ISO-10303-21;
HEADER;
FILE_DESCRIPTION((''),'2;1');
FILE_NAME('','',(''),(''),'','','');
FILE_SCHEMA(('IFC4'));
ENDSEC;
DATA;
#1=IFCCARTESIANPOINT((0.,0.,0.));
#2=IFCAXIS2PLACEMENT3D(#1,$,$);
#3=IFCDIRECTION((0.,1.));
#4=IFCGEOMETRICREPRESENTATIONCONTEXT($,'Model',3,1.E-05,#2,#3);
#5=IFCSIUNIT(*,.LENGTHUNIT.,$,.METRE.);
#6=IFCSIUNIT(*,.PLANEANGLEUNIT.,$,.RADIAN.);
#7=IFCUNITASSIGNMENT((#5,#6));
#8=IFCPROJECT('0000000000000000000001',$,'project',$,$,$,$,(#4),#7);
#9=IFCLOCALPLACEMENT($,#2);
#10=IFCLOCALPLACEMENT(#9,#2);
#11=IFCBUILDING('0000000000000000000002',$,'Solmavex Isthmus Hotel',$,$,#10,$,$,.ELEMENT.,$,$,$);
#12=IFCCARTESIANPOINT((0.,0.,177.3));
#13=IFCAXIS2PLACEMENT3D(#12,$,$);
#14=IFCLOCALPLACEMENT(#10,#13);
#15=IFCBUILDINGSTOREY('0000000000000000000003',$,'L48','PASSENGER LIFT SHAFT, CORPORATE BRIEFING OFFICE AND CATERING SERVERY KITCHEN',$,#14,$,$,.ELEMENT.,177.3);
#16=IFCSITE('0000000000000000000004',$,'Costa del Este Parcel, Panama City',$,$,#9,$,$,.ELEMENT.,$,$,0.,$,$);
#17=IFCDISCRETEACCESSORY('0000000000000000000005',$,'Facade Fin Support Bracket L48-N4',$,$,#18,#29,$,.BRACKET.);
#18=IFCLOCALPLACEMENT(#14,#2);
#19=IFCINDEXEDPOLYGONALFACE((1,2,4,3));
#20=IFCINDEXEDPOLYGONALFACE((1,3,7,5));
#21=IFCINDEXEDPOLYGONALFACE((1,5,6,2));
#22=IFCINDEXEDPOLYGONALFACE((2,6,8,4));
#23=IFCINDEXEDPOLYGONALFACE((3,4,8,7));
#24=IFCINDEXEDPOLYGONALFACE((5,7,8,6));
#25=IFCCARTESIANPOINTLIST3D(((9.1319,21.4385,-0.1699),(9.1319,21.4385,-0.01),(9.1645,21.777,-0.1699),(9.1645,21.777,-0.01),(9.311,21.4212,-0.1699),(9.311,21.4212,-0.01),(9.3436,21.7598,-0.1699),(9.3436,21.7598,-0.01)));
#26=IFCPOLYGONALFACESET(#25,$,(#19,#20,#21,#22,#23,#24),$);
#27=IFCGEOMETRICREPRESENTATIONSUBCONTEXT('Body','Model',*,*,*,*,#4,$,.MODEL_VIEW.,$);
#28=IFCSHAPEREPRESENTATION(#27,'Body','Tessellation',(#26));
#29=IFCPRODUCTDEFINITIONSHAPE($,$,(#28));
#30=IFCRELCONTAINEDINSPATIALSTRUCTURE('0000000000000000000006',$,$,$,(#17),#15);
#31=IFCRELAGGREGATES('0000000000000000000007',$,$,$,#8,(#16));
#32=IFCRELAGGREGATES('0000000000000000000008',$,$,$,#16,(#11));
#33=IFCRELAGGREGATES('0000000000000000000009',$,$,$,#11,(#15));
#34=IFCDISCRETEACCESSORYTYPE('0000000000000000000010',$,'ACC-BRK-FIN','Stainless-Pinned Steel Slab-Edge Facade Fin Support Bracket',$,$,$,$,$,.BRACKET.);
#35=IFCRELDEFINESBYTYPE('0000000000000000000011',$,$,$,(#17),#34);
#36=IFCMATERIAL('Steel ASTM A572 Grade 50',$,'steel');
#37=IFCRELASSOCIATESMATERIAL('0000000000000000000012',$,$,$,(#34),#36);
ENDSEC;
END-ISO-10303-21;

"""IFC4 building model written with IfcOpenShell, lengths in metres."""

from ifc_helpers import new_model, si_unit, direction, frame, origin, origin_2d, place, context, subcontext, project, spatial, rectangle, extrude, material, type_object, element, save


model = new_model("IFC4")

# Units and contexts
model_context = context("Model", 3, precision=1e-05, world=origin(), true_north=direction((0.0, 1.0)))
body_context = subcontext(model_context, "Body", "Model", "MODEL_VIEW")
ifc_project = project(units=[si_unit("LENGTHUNIT", "METRE"), si_unit("PLANEANGLEUNIT", "RADIAN")], contexts=[model_context])

# Site, building, storey
site_placement = place(None, origin())
site = spatial("IfcSite", under=ifc_project, at=site_placement, Name="Costa del Este Parcel, Panama City", CompositionType="ELEMENT", RefElevation=0.0)
building_placement = place(site_placement, origin())
building = spatial("IfcBuilding", under=site, at=building_placement, Name="Solmavex Isthmus Hotel", CompositionType="ELEMENT")
storey_placement = place(building_placement, frame((0.0, 0.0, 177.3)))
storey = spatial("IfcBuildingStorey", under=building, at=storey_placement, Name="L48", Description="PASSENGER LIFT SHAFT, CORPORATE BRIEFING OFFICE AND CATERING SERVERY KITCHEN", CompositionType="ELEMENT", Elevation=177.3)

# Discrete accessory
ifc_material_1 = material(Name="Steel ASTM A572 Grade 50", Category="steel")
discrete_accessory_type = type_object("IfcDiscreteAccessoryType", Name="ACC-BRK-FIN", Description="Stainless-Pinned Steel Slab-Edge Facade Fin Support Bracket", PredefinedType="BRACKET", material=ifc_material_1)
for number, where, z_axis, x_axis, name in (
    (1, (9.2378, 21.5991, -0.1699), (0.0, 0.0, 1.0), (0.095846, 0.995396, 0.0), "Facade Fin Support Bracket L48-N4"),
):
    element("IfcDiscreteAccessory", number, at=place(storey_placement, frame(where, z_axis=z_axis, x_axis=x_axis)), inside=storey, type_object=discrete_accessory_type, Name=name, PredefinedType="BRACKET", context=body_context, shape_type="SweptSolid", body=[
        extrude(rectangle(XDim=0.3401, YDim=0.1799, at=origin_2d()), origin(), (0.0, 0.0, 1.0), 0.1599),
    ])

save(model, "model.ifc")
